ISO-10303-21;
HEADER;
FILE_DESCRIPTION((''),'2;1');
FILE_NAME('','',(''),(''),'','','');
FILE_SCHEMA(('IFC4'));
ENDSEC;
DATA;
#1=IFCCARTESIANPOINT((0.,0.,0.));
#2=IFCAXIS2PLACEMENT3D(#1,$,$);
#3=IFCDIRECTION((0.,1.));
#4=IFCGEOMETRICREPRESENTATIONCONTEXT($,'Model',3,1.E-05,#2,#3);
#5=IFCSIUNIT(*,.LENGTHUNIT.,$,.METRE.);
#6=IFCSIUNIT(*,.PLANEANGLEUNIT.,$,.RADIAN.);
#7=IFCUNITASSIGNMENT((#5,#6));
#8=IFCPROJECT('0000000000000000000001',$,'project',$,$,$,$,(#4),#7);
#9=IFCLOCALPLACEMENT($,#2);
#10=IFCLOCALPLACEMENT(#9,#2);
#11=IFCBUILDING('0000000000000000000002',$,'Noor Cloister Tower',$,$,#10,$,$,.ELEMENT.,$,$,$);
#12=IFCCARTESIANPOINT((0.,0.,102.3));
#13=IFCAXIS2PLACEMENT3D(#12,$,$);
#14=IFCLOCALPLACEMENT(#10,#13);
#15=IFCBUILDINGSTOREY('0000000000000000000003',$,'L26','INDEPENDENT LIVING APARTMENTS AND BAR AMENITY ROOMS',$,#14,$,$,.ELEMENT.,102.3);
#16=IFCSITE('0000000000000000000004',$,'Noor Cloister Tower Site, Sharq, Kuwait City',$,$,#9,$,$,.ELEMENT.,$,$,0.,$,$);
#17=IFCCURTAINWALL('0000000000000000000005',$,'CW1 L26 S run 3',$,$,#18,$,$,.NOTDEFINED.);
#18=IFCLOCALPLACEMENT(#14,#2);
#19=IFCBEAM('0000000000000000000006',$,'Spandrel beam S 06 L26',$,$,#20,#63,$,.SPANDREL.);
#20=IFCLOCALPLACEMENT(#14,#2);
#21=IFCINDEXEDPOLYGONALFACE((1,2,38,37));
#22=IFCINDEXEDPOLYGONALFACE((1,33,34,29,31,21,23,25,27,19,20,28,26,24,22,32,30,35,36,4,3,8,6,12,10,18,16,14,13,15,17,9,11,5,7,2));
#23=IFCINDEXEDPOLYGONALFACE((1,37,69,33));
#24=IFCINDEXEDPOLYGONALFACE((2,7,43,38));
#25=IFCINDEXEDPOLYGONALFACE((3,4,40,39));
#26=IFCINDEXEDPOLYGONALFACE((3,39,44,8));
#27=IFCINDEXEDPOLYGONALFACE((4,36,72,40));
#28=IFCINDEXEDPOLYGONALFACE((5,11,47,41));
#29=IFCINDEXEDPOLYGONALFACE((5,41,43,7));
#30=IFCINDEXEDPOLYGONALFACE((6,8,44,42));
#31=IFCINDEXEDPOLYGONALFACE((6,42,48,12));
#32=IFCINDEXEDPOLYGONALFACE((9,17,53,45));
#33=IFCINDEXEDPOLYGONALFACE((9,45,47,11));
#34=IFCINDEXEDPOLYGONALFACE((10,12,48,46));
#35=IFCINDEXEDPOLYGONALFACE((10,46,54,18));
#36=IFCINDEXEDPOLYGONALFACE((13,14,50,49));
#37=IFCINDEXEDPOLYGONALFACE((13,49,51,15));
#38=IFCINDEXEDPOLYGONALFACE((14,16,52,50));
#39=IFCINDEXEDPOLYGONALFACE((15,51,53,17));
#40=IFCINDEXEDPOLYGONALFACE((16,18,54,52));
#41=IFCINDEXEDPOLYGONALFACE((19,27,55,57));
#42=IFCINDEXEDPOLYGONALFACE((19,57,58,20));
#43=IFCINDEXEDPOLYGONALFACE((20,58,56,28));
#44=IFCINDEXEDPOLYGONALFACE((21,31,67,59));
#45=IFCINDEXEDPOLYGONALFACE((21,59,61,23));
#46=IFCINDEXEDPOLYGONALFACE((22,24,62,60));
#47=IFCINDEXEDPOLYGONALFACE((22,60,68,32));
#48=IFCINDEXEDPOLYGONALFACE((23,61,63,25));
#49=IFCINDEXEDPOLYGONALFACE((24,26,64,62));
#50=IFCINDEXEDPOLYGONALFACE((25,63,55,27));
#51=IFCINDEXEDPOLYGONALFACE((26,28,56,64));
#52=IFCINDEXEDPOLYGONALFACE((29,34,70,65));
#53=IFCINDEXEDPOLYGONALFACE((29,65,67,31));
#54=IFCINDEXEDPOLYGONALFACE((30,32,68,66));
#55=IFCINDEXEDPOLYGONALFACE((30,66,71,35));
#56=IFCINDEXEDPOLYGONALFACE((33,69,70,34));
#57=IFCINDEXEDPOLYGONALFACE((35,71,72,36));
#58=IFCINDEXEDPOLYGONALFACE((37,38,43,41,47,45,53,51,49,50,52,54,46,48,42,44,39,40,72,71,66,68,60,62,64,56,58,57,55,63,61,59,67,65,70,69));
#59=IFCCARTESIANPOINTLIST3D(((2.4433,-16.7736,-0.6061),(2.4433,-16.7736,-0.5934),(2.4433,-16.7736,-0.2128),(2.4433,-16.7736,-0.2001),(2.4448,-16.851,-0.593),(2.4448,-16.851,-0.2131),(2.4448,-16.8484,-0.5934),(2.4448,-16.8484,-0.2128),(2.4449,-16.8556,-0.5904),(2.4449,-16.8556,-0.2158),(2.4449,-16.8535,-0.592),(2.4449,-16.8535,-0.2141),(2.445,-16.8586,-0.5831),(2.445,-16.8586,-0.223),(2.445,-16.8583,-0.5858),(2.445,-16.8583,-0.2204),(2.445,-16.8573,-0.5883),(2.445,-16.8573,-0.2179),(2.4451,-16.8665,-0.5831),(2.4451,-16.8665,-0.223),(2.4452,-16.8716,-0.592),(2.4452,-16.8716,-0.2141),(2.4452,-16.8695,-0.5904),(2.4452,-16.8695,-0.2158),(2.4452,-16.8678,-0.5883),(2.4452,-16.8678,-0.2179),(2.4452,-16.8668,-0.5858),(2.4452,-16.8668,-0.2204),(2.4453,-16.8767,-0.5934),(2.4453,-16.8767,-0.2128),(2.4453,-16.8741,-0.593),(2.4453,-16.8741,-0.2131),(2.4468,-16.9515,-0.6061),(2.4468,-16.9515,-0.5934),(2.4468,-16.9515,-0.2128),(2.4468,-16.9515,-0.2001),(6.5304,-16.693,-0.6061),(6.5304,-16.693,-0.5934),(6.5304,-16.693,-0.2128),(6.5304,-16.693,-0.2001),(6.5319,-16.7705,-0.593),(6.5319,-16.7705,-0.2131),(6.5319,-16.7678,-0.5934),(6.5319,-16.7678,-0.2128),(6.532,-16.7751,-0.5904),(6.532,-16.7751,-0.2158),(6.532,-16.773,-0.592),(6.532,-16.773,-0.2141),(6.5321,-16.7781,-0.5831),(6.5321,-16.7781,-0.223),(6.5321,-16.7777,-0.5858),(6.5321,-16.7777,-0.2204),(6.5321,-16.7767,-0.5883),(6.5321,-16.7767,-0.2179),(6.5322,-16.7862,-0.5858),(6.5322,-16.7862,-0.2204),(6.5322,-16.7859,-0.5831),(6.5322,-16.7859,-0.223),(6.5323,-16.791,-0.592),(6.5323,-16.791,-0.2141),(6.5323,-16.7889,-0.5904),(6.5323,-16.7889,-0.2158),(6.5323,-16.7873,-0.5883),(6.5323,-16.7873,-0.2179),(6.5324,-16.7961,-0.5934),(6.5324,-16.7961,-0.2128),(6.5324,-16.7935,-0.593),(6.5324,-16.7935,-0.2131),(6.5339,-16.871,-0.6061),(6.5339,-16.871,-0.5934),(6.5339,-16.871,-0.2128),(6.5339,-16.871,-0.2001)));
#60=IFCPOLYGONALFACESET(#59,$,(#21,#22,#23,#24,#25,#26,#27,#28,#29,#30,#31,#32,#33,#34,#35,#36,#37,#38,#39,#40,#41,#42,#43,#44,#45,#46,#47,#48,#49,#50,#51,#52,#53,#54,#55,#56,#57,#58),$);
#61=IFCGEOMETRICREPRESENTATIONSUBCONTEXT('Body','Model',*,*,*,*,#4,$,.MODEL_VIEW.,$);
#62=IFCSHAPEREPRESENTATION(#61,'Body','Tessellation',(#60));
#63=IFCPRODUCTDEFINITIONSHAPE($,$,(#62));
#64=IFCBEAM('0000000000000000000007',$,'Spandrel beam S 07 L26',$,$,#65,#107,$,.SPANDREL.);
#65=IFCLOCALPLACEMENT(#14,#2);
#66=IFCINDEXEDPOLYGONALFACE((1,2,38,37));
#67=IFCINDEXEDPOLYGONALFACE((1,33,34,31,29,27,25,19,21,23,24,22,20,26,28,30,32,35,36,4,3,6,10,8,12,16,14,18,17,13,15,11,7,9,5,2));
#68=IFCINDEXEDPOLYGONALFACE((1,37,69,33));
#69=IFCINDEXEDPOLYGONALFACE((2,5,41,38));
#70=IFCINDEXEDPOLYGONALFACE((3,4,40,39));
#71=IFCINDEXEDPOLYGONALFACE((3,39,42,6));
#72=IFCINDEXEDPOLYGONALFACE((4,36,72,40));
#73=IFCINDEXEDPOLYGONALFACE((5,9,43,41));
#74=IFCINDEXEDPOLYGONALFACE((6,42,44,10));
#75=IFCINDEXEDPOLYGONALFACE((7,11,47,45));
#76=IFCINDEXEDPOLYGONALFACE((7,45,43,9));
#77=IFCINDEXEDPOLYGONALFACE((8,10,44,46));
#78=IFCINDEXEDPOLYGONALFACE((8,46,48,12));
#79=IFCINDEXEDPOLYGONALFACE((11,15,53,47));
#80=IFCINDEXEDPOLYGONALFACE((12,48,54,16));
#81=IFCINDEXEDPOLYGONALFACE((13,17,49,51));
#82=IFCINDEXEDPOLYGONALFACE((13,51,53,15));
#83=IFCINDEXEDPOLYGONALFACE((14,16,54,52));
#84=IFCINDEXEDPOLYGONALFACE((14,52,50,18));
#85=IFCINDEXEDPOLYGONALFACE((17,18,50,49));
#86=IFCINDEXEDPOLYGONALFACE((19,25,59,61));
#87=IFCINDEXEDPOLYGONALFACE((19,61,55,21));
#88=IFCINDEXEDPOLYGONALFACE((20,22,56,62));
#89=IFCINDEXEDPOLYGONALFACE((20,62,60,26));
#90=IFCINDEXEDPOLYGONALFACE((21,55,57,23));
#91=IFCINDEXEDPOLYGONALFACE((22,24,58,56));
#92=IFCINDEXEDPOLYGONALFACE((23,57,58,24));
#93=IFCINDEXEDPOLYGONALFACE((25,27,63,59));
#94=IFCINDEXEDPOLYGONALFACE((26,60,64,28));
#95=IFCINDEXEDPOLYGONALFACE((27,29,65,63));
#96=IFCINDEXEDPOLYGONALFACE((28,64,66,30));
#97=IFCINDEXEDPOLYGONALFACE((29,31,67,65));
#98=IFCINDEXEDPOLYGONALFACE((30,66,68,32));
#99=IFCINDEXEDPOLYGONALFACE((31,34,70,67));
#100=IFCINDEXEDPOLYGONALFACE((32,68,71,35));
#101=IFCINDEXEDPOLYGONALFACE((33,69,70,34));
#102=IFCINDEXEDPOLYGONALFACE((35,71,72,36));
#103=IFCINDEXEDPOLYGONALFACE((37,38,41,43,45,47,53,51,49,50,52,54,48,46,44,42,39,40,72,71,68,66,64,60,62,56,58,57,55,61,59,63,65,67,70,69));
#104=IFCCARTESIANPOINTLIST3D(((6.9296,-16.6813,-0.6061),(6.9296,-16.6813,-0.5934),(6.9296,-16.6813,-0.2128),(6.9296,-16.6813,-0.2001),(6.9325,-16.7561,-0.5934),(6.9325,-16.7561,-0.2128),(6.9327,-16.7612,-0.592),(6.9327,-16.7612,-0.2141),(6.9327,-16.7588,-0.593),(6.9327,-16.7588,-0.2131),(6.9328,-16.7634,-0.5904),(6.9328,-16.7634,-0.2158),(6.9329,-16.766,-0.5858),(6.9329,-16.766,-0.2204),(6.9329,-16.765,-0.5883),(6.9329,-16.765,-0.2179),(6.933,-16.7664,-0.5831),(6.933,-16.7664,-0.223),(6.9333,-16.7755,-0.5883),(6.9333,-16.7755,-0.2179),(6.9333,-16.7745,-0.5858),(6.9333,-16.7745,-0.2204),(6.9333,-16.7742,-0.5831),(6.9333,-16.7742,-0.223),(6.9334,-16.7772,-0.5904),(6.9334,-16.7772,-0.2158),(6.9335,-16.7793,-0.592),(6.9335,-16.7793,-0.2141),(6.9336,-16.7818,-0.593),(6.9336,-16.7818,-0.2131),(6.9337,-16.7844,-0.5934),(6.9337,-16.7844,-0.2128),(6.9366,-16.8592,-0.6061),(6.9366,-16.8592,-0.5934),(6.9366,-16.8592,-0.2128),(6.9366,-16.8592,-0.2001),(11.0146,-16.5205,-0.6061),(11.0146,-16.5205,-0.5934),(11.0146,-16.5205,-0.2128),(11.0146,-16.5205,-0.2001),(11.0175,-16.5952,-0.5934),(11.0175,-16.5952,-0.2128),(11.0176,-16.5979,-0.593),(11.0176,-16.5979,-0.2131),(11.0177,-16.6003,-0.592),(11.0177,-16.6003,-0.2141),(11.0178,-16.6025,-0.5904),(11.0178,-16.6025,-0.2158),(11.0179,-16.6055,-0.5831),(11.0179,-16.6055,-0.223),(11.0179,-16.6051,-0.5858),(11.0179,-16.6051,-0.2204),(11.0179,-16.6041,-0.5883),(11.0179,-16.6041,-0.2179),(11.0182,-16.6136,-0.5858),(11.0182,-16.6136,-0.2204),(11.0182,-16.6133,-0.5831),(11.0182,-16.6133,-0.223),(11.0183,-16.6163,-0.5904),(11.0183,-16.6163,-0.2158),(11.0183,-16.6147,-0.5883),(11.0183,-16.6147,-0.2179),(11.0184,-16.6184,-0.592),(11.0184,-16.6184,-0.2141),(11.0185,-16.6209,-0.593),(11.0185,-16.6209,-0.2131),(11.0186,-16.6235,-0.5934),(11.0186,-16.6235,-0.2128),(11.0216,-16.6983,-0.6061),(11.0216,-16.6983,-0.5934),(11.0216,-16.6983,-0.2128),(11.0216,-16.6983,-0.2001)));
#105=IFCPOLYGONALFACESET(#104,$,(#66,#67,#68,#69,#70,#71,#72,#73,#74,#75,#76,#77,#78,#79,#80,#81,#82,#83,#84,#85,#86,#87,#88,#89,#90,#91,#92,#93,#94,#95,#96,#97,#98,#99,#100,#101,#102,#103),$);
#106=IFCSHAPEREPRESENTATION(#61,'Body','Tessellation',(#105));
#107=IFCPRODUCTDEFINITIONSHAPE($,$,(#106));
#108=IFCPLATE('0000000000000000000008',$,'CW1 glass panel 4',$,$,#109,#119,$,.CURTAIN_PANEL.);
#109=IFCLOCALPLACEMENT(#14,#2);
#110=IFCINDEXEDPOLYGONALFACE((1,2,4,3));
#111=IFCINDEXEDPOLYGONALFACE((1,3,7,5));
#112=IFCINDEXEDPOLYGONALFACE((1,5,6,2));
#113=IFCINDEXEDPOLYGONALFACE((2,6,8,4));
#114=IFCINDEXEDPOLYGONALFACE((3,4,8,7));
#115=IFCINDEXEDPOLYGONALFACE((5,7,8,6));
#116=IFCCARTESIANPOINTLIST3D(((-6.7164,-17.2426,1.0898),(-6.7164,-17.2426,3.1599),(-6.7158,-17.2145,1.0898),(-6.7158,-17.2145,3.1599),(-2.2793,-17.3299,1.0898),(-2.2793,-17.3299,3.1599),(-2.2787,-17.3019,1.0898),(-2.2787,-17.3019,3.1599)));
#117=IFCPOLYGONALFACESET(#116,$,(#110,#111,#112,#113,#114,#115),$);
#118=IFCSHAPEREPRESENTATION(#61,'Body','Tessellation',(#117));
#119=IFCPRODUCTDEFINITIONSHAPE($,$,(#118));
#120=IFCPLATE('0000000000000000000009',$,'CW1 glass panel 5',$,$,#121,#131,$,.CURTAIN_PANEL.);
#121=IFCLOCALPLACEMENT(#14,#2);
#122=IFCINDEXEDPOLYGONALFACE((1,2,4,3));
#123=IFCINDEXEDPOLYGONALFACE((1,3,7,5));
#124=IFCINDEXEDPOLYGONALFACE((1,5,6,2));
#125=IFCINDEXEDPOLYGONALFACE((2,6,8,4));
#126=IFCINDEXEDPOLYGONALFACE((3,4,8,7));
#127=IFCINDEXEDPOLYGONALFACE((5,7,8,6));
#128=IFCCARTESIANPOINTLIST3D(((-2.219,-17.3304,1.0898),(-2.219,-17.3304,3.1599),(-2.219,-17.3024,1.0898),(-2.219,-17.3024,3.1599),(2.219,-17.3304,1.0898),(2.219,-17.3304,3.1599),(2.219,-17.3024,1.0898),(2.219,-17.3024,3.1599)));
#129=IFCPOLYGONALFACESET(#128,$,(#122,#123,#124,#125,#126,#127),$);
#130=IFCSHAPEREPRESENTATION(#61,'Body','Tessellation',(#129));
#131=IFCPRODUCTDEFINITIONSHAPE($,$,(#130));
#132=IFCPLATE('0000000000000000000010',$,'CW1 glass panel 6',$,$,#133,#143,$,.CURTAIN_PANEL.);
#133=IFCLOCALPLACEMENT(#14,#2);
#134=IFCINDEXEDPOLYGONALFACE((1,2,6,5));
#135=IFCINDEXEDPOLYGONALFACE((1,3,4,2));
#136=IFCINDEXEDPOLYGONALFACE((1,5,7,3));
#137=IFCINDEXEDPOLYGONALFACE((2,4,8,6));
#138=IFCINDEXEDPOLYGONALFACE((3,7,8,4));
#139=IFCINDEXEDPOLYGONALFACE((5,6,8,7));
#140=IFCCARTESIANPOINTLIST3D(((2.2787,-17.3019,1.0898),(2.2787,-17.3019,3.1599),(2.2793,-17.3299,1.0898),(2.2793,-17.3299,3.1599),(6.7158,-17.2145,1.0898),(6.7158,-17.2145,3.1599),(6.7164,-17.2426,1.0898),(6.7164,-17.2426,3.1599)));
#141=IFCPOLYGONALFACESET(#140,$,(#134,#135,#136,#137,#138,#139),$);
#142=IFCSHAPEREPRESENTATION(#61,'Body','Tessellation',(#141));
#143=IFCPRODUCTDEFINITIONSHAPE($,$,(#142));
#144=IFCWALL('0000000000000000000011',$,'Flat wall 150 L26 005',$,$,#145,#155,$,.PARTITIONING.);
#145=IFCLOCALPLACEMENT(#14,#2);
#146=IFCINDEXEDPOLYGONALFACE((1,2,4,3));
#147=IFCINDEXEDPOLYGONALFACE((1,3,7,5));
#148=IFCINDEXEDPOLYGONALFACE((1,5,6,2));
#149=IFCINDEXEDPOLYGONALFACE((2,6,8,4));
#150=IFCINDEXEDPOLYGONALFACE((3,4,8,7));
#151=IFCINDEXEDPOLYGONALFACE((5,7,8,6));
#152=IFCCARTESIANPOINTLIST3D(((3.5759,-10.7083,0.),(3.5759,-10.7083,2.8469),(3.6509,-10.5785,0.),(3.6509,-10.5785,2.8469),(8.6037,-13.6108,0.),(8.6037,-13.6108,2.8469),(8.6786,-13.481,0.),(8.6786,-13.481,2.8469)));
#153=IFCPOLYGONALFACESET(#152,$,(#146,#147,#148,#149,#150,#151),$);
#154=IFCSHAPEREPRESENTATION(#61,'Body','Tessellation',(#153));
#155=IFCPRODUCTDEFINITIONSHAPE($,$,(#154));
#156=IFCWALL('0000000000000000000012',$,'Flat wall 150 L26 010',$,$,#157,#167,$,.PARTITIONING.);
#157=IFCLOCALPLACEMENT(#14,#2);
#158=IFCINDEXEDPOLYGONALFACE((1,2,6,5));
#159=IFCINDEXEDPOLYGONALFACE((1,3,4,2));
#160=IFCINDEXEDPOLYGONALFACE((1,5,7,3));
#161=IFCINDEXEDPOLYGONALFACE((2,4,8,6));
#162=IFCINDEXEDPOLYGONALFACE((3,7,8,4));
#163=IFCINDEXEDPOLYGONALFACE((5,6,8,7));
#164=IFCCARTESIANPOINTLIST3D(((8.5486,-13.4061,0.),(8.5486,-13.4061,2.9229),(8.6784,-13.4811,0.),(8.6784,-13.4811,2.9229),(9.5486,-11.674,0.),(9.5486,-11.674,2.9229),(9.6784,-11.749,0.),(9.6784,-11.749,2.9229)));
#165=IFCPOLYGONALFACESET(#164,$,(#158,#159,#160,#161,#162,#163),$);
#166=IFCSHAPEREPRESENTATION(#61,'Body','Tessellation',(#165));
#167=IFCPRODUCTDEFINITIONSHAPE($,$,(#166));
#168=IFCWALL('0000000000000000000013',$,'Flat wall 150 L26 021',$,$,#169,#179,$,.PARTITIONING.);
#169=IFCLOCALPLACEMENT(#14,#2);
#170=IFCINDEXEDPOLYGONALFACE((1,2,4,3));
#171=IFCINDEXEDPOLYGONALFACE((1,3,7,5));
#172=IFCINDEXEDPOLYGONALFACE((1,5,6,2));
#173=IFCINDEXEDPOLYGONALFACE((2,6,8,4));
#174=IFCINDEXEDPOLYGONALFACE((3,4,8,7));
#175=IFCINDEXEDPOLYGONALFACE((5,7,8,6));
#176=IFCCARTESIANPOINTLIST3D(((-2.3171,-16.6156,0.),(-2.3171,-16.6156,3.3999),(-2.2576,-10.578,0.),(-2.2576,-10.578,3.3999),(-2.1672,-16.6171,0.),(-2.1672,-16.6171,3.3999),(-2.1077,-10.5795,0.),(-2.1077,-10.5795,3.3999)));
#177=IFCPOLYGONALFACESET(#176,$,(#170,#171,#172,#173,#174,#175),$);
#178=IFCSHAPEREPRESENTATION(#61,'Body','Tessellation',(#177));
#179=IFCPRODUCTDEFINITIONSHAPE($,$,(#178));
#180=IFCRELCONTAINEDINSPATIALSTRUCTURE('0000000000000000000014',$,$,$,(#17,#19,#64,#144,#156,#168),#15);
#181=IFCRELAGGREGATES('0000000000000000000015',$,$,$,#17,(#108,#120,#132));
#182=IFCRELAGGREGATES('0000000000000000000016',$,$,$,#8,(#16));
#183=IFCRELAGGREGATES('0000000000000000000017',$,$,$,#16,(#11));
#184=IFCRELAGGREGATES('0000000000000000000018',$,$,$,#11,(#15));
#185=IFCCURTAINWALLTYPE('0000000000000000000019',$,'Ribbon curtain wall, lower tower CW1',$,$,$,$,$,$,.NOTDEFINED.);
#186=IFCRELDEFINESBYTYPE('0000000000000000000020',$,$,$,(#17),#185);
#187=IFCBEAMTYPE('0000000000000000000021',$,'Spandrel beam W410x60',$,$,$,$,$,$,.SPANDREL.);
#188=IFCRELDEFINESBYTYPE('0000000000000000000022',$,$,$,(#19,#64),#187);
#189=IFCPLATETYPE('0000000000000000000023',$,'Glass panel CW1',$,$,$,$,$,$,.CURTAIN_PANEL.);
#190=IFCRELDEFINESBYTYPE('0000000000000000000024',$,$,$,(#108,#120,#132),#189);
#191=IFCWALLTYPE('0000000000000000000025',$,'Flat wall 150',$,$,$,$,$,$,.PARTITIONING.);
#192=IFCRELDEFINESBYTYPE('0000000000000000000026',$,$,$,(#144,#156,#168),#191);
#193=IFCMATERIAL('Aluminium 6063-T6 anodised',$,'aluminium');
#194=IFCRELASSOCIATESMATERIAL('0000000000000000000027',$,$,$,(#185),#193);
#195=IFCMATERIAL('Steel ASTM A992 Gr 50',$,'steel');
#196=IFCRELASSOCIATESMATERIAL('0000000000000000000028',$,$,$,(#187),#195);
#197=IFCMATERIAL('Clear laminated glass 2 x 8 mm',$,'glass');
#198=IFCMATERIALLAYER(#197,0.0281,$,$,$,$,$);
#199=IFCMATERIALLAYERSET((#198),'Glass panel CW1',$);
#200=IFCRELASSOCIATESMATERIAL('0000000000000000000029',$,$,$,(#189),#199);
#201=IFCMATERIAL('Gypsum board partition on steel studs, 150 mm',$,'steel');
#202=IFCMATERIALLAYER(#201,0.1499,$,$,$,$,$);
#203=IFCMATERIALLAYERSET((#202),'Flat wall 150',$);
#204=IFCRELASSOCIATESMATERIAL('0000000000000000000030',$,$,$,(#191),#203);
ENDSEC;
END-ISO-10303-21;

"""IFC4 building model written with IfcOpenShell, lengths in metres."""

from ifc_helpers import new_model, si_unit, direction, frame, frame_2d, origin, origin_2d, place, context, subcontext, project, spatial, rectangle, i_section, extrude, material, layer, layer_set, material_profile, profile_set, type_object, element, aggregate, save


model = new_model("IFC4")

# Units and contexts
model_context = context("Model", 3, precision=1e-05, world=origin(), true_north=direction((0.0, 1.0)))
body_context = subcontext(model_context, "Body", "Model", "MODEL_VIEW")
ifc_project = project(units=[si_unit("LENGTHUNIT", "METRE"), si_unit("PLANEANGLEUNIT", "RADIAN")], contexts=[model_context])

# Site, building, storey
site_placement = place(None, origin())
site = spatial("IfcSite", under=ifc_project, at=site_placement, Name="Noor Cloister Tower Site, Sharq, Kuwait City", CompositionType="ELEMENT", RefElevation=0.0)
building_placement = place(site_placement, origin())
building = spatial("IfcBuilding", under=site, at=building_placement, Name="Noor Cloister Tower", CompositionType="ELEMENT")
storey_placement = place(building_placement, frame((0.0, 0.0, 102.3)))
storey = spatial("IfcBuildingStorey", under=building, at=storey_placement, Name="L26", Description="INDEPENDENT LIVING APARTMENTS AND BAR AMENITY ROOMS", CompositionType="ELEMENT", Elevation=102.3)

# Curtain wall
ifc_material_1 = material(Name="Aluminium 6063-T6 anodised", Category="aluminium")
curtain_wall_type = type_object("IfcCurtainWallType", Name="Ribbon curtain wall, lower tower CW1", PredefinedType="NOTDEFINED", material=ifc_material_1)
curtain_wall_placement = place(storey_placement, origin())
curtain_wall = element("IfcCurtainWall", 1, at=curtain_wall_placement, inside=storey, type_object=curtain_wall_type, Name="CW1 L26 S run 3", PredefinedType="NOTDEFINED")

# Beams
ifc_material_2 = material(Name="Steel ASTM A992 Gr 50", Category="steel")
ifc_material_profile_1 = material_profile(ifc_material_2, i_section(OverallWidth=0.178, OverallDepth=0.406, WebThickness=0.0078, FlangeThickness=0.0127, FilletRadius=0.0103, at=origin_2d()), Name="W410x60")
ifc_profile_set_1 = profile_set([ifc_material_profile_1], Name="Steel ASTM A992 Gr 50")
beam_type_1 = type_object("IfcBeamType", Name="Spandrel beam W410x60", PredefinedType="SPANDREL", material=ifc_profile_set_1)
for number, where, z_axis, x_axis, name in (
    (2, (2.4451, -16.8625, -0.4031), (0.999806, 0.019708, 0.0), (-0.019708, 0.999806, 0.0), "Spandrel beam S 06 L26"),
):
    element("IfcBeam", number, at=place(storey_placement, frame(where, z_axis=z_axis, x_axis=x_axis)), inside=storey, type_object=beam_type_1, Name=name, PredefinedType="SPANDREL", context=body_context, shape_type="SweptSolid", body=[
        extrude(i_section(OverallWidth=0.178, OverallDepth=0.406, WebThickness=0.0078, FlangeThickness=0.0127, FilletRadius=0.0103, at=origin_2d()), origin(), (0.0, 0.0, 1.0), 4.0879),
    ])
beam_1_placement = place(storey_placement, frame((6.9331, -16.7703, -0.4031), z_axis=(0.999225, 0.039355, 0.0), x_axis=(-0.039355, 0.999225, 0.0)))
element("IfcBeam", 3, at=beam_1_placement, inside=storey, type_object=beam_type_1, Name="Spandrel beam S 07 L26", PredefinedType="SPANDREL", context=body_context, shape_type="SweptSolid", body=[
    extrude(i_section(OverallWidth=0.178, OverallDepth=0.406, WebThickness=0.0078, FlangeThickness=0.0127, FilletRadius=0.0103, at=origin_2d()), origin(), (0.0, 0.0, 1.0), 4.0881),
])

# Plates
ifc_material_3 = material(Name="Clear laminated glass 2 x 8 mm", Category="glass")
ifc_layer_1 = layer(ifc_material_3, 0.0281)
ifc_layer_set_1 = layer_set([ifc_layer_1], Name="Glass panel CW1")
plate_type = type_object("IfcPlateType", Name="Glass panel CW1", PredefinedType="CURTAIN_PANEL", material=ifc_layer_set_1)
plate_1_placement = place(storey_placement, frame((-4.4976, -17.2722, 1.0898), z_axis=(0.0, 0.0, 1.0), x_axis=(0.999806, -0.019682, 0.0)))
plate_1 = element("IfcPlate", 4, at=plate_1_placement, type_object=plate_type, Name="CW1 glass panel 4", PredefinedType="CURTAIN_PANEL", context=body_context, shape_type="SweptSolid", body=[
    extrude(rectangle(XDim=4.438, YDim=0.0281, at=origin_2d()), origin(), (0.0, 0.0, 1.0), 2.0701),
])
plate_2_placement = place(storey_placement, frame((0.0, -17.3164, 1.0898), z_axis=(0.0, 0.0, 1.0), x_axis=(1.0, 0.0, 0.0)))
plate_2 = element("IfcPlate", 5, at=plate_2_placement, type_object=plate_type, Name="CW1 glass panel 5", PredefinedType="CURTAIN_PANEL", context=body_context, shape_type="SweptSolid", body=[
    extrude(rectangle(XDim=4.438, YDim=0.0281, at=origin_2d()), origin(), (0.0, 0.0, 1.0), 2.0701),
])
plate_3_placement = place(storey_placement, frame((4.4976, -17.2722, 1.0898), z_axis=(0.0, 0.0, 1.0), x_axis=(0.999806, 0.019682, 0.0)))
plate_3 = element("IfcPlate", 6, at=plate_3_placement, type_object=plate_type, Name="CW1 glass panel 6", PredefinedType="CURTAIN_PANEL", context=body_context, shape_type="SweptSolid", body=[
    extrude(rectangle(XDim=4.438, YDim=0.0281, at=origin_2d()), origin(), (0.0, 0.0, 1.0), 2.0701),
])
aggregate(curtain_wall, [plate_1, plate_2, plate_3])

# Walls
ifc_material_4 = material(Name="Gypsum board partition on steel studs, 150 mm", Category="steel")
ifc_layer_2 = layer(ifc_material_4, 0.1499)
ifc_layer_set_2 = layer_set([ifc_layer_2], Name="Flat wall 150")
wall_type_1 = type_object("IfcWallType", Name="Flat wall 150", PredefinedType="PARTITIONING", material=ifc_layer_set_2)
wall_1_placement = place(storey_placement, frame((3.6133, -10.6433, 0.0), z_axis=(0.0, 0.0, 1.0), x_axis=(0.866043, -0.49997, 0.0)))
element("IfcWall", 7, at=wall_1_placement, inside=storey, type_object=wall_type_1, Name="Flat wall 150 L26 005", PredefinedType="PARTITIONING", context=body_context, shape_type="SweptSolid", body=[
    extrude(rectangle(XDim=5.8054, YDim=0.1499, at=frame_2d((2.9028, 0.0))), origin(), (0.0, 0.0, 1.0), 2.8469),
])
wall_2_placement = place(storey_placement, frame((8.6135, -13.4436, 0.0), z_axis=(0.0, 0.0, 1.0), x_axis=(0.499973, 0.866041, 0.0)))
element("IfcWall", 8, at=wall_2_placement, inside=storey, type_object=wall_type_1, Name="Flat wall 150 L26 010", PredefinedType="PARTITIONING", context=body_context, shape_type="SweptSolid", body=[
    extrude(rectangle(XDim=2.0, YDim=0.1499, at=frame_2d((1.0, 0.0))), origin(), (0.0, 0.0, 1.0), 2.9229),
])
wall_3_placement = place(storey_placement, frame((-2.2422, -16.6165, 0.0), z_axis=(0.0, 0.0, 1.0), x_axis=(0.009866, 0.999951, 0.0)))
element("IfcWall", 9, at=wall_3_placement, inside=storey, type_object=wall_type_1, Name="Flat wall 150 L26 021", PredefinedType="PARTITIONING", context=body_context, shape_type="SweptSolid", body=[
    extrude(rectangle(XDim=6.0378, YDim=0.1499, at=frame_2d((3.019, 0.0))), origin(), (0.0, 0.0, 1.0), 3.3999),
])

save(model, "model.ifc")
